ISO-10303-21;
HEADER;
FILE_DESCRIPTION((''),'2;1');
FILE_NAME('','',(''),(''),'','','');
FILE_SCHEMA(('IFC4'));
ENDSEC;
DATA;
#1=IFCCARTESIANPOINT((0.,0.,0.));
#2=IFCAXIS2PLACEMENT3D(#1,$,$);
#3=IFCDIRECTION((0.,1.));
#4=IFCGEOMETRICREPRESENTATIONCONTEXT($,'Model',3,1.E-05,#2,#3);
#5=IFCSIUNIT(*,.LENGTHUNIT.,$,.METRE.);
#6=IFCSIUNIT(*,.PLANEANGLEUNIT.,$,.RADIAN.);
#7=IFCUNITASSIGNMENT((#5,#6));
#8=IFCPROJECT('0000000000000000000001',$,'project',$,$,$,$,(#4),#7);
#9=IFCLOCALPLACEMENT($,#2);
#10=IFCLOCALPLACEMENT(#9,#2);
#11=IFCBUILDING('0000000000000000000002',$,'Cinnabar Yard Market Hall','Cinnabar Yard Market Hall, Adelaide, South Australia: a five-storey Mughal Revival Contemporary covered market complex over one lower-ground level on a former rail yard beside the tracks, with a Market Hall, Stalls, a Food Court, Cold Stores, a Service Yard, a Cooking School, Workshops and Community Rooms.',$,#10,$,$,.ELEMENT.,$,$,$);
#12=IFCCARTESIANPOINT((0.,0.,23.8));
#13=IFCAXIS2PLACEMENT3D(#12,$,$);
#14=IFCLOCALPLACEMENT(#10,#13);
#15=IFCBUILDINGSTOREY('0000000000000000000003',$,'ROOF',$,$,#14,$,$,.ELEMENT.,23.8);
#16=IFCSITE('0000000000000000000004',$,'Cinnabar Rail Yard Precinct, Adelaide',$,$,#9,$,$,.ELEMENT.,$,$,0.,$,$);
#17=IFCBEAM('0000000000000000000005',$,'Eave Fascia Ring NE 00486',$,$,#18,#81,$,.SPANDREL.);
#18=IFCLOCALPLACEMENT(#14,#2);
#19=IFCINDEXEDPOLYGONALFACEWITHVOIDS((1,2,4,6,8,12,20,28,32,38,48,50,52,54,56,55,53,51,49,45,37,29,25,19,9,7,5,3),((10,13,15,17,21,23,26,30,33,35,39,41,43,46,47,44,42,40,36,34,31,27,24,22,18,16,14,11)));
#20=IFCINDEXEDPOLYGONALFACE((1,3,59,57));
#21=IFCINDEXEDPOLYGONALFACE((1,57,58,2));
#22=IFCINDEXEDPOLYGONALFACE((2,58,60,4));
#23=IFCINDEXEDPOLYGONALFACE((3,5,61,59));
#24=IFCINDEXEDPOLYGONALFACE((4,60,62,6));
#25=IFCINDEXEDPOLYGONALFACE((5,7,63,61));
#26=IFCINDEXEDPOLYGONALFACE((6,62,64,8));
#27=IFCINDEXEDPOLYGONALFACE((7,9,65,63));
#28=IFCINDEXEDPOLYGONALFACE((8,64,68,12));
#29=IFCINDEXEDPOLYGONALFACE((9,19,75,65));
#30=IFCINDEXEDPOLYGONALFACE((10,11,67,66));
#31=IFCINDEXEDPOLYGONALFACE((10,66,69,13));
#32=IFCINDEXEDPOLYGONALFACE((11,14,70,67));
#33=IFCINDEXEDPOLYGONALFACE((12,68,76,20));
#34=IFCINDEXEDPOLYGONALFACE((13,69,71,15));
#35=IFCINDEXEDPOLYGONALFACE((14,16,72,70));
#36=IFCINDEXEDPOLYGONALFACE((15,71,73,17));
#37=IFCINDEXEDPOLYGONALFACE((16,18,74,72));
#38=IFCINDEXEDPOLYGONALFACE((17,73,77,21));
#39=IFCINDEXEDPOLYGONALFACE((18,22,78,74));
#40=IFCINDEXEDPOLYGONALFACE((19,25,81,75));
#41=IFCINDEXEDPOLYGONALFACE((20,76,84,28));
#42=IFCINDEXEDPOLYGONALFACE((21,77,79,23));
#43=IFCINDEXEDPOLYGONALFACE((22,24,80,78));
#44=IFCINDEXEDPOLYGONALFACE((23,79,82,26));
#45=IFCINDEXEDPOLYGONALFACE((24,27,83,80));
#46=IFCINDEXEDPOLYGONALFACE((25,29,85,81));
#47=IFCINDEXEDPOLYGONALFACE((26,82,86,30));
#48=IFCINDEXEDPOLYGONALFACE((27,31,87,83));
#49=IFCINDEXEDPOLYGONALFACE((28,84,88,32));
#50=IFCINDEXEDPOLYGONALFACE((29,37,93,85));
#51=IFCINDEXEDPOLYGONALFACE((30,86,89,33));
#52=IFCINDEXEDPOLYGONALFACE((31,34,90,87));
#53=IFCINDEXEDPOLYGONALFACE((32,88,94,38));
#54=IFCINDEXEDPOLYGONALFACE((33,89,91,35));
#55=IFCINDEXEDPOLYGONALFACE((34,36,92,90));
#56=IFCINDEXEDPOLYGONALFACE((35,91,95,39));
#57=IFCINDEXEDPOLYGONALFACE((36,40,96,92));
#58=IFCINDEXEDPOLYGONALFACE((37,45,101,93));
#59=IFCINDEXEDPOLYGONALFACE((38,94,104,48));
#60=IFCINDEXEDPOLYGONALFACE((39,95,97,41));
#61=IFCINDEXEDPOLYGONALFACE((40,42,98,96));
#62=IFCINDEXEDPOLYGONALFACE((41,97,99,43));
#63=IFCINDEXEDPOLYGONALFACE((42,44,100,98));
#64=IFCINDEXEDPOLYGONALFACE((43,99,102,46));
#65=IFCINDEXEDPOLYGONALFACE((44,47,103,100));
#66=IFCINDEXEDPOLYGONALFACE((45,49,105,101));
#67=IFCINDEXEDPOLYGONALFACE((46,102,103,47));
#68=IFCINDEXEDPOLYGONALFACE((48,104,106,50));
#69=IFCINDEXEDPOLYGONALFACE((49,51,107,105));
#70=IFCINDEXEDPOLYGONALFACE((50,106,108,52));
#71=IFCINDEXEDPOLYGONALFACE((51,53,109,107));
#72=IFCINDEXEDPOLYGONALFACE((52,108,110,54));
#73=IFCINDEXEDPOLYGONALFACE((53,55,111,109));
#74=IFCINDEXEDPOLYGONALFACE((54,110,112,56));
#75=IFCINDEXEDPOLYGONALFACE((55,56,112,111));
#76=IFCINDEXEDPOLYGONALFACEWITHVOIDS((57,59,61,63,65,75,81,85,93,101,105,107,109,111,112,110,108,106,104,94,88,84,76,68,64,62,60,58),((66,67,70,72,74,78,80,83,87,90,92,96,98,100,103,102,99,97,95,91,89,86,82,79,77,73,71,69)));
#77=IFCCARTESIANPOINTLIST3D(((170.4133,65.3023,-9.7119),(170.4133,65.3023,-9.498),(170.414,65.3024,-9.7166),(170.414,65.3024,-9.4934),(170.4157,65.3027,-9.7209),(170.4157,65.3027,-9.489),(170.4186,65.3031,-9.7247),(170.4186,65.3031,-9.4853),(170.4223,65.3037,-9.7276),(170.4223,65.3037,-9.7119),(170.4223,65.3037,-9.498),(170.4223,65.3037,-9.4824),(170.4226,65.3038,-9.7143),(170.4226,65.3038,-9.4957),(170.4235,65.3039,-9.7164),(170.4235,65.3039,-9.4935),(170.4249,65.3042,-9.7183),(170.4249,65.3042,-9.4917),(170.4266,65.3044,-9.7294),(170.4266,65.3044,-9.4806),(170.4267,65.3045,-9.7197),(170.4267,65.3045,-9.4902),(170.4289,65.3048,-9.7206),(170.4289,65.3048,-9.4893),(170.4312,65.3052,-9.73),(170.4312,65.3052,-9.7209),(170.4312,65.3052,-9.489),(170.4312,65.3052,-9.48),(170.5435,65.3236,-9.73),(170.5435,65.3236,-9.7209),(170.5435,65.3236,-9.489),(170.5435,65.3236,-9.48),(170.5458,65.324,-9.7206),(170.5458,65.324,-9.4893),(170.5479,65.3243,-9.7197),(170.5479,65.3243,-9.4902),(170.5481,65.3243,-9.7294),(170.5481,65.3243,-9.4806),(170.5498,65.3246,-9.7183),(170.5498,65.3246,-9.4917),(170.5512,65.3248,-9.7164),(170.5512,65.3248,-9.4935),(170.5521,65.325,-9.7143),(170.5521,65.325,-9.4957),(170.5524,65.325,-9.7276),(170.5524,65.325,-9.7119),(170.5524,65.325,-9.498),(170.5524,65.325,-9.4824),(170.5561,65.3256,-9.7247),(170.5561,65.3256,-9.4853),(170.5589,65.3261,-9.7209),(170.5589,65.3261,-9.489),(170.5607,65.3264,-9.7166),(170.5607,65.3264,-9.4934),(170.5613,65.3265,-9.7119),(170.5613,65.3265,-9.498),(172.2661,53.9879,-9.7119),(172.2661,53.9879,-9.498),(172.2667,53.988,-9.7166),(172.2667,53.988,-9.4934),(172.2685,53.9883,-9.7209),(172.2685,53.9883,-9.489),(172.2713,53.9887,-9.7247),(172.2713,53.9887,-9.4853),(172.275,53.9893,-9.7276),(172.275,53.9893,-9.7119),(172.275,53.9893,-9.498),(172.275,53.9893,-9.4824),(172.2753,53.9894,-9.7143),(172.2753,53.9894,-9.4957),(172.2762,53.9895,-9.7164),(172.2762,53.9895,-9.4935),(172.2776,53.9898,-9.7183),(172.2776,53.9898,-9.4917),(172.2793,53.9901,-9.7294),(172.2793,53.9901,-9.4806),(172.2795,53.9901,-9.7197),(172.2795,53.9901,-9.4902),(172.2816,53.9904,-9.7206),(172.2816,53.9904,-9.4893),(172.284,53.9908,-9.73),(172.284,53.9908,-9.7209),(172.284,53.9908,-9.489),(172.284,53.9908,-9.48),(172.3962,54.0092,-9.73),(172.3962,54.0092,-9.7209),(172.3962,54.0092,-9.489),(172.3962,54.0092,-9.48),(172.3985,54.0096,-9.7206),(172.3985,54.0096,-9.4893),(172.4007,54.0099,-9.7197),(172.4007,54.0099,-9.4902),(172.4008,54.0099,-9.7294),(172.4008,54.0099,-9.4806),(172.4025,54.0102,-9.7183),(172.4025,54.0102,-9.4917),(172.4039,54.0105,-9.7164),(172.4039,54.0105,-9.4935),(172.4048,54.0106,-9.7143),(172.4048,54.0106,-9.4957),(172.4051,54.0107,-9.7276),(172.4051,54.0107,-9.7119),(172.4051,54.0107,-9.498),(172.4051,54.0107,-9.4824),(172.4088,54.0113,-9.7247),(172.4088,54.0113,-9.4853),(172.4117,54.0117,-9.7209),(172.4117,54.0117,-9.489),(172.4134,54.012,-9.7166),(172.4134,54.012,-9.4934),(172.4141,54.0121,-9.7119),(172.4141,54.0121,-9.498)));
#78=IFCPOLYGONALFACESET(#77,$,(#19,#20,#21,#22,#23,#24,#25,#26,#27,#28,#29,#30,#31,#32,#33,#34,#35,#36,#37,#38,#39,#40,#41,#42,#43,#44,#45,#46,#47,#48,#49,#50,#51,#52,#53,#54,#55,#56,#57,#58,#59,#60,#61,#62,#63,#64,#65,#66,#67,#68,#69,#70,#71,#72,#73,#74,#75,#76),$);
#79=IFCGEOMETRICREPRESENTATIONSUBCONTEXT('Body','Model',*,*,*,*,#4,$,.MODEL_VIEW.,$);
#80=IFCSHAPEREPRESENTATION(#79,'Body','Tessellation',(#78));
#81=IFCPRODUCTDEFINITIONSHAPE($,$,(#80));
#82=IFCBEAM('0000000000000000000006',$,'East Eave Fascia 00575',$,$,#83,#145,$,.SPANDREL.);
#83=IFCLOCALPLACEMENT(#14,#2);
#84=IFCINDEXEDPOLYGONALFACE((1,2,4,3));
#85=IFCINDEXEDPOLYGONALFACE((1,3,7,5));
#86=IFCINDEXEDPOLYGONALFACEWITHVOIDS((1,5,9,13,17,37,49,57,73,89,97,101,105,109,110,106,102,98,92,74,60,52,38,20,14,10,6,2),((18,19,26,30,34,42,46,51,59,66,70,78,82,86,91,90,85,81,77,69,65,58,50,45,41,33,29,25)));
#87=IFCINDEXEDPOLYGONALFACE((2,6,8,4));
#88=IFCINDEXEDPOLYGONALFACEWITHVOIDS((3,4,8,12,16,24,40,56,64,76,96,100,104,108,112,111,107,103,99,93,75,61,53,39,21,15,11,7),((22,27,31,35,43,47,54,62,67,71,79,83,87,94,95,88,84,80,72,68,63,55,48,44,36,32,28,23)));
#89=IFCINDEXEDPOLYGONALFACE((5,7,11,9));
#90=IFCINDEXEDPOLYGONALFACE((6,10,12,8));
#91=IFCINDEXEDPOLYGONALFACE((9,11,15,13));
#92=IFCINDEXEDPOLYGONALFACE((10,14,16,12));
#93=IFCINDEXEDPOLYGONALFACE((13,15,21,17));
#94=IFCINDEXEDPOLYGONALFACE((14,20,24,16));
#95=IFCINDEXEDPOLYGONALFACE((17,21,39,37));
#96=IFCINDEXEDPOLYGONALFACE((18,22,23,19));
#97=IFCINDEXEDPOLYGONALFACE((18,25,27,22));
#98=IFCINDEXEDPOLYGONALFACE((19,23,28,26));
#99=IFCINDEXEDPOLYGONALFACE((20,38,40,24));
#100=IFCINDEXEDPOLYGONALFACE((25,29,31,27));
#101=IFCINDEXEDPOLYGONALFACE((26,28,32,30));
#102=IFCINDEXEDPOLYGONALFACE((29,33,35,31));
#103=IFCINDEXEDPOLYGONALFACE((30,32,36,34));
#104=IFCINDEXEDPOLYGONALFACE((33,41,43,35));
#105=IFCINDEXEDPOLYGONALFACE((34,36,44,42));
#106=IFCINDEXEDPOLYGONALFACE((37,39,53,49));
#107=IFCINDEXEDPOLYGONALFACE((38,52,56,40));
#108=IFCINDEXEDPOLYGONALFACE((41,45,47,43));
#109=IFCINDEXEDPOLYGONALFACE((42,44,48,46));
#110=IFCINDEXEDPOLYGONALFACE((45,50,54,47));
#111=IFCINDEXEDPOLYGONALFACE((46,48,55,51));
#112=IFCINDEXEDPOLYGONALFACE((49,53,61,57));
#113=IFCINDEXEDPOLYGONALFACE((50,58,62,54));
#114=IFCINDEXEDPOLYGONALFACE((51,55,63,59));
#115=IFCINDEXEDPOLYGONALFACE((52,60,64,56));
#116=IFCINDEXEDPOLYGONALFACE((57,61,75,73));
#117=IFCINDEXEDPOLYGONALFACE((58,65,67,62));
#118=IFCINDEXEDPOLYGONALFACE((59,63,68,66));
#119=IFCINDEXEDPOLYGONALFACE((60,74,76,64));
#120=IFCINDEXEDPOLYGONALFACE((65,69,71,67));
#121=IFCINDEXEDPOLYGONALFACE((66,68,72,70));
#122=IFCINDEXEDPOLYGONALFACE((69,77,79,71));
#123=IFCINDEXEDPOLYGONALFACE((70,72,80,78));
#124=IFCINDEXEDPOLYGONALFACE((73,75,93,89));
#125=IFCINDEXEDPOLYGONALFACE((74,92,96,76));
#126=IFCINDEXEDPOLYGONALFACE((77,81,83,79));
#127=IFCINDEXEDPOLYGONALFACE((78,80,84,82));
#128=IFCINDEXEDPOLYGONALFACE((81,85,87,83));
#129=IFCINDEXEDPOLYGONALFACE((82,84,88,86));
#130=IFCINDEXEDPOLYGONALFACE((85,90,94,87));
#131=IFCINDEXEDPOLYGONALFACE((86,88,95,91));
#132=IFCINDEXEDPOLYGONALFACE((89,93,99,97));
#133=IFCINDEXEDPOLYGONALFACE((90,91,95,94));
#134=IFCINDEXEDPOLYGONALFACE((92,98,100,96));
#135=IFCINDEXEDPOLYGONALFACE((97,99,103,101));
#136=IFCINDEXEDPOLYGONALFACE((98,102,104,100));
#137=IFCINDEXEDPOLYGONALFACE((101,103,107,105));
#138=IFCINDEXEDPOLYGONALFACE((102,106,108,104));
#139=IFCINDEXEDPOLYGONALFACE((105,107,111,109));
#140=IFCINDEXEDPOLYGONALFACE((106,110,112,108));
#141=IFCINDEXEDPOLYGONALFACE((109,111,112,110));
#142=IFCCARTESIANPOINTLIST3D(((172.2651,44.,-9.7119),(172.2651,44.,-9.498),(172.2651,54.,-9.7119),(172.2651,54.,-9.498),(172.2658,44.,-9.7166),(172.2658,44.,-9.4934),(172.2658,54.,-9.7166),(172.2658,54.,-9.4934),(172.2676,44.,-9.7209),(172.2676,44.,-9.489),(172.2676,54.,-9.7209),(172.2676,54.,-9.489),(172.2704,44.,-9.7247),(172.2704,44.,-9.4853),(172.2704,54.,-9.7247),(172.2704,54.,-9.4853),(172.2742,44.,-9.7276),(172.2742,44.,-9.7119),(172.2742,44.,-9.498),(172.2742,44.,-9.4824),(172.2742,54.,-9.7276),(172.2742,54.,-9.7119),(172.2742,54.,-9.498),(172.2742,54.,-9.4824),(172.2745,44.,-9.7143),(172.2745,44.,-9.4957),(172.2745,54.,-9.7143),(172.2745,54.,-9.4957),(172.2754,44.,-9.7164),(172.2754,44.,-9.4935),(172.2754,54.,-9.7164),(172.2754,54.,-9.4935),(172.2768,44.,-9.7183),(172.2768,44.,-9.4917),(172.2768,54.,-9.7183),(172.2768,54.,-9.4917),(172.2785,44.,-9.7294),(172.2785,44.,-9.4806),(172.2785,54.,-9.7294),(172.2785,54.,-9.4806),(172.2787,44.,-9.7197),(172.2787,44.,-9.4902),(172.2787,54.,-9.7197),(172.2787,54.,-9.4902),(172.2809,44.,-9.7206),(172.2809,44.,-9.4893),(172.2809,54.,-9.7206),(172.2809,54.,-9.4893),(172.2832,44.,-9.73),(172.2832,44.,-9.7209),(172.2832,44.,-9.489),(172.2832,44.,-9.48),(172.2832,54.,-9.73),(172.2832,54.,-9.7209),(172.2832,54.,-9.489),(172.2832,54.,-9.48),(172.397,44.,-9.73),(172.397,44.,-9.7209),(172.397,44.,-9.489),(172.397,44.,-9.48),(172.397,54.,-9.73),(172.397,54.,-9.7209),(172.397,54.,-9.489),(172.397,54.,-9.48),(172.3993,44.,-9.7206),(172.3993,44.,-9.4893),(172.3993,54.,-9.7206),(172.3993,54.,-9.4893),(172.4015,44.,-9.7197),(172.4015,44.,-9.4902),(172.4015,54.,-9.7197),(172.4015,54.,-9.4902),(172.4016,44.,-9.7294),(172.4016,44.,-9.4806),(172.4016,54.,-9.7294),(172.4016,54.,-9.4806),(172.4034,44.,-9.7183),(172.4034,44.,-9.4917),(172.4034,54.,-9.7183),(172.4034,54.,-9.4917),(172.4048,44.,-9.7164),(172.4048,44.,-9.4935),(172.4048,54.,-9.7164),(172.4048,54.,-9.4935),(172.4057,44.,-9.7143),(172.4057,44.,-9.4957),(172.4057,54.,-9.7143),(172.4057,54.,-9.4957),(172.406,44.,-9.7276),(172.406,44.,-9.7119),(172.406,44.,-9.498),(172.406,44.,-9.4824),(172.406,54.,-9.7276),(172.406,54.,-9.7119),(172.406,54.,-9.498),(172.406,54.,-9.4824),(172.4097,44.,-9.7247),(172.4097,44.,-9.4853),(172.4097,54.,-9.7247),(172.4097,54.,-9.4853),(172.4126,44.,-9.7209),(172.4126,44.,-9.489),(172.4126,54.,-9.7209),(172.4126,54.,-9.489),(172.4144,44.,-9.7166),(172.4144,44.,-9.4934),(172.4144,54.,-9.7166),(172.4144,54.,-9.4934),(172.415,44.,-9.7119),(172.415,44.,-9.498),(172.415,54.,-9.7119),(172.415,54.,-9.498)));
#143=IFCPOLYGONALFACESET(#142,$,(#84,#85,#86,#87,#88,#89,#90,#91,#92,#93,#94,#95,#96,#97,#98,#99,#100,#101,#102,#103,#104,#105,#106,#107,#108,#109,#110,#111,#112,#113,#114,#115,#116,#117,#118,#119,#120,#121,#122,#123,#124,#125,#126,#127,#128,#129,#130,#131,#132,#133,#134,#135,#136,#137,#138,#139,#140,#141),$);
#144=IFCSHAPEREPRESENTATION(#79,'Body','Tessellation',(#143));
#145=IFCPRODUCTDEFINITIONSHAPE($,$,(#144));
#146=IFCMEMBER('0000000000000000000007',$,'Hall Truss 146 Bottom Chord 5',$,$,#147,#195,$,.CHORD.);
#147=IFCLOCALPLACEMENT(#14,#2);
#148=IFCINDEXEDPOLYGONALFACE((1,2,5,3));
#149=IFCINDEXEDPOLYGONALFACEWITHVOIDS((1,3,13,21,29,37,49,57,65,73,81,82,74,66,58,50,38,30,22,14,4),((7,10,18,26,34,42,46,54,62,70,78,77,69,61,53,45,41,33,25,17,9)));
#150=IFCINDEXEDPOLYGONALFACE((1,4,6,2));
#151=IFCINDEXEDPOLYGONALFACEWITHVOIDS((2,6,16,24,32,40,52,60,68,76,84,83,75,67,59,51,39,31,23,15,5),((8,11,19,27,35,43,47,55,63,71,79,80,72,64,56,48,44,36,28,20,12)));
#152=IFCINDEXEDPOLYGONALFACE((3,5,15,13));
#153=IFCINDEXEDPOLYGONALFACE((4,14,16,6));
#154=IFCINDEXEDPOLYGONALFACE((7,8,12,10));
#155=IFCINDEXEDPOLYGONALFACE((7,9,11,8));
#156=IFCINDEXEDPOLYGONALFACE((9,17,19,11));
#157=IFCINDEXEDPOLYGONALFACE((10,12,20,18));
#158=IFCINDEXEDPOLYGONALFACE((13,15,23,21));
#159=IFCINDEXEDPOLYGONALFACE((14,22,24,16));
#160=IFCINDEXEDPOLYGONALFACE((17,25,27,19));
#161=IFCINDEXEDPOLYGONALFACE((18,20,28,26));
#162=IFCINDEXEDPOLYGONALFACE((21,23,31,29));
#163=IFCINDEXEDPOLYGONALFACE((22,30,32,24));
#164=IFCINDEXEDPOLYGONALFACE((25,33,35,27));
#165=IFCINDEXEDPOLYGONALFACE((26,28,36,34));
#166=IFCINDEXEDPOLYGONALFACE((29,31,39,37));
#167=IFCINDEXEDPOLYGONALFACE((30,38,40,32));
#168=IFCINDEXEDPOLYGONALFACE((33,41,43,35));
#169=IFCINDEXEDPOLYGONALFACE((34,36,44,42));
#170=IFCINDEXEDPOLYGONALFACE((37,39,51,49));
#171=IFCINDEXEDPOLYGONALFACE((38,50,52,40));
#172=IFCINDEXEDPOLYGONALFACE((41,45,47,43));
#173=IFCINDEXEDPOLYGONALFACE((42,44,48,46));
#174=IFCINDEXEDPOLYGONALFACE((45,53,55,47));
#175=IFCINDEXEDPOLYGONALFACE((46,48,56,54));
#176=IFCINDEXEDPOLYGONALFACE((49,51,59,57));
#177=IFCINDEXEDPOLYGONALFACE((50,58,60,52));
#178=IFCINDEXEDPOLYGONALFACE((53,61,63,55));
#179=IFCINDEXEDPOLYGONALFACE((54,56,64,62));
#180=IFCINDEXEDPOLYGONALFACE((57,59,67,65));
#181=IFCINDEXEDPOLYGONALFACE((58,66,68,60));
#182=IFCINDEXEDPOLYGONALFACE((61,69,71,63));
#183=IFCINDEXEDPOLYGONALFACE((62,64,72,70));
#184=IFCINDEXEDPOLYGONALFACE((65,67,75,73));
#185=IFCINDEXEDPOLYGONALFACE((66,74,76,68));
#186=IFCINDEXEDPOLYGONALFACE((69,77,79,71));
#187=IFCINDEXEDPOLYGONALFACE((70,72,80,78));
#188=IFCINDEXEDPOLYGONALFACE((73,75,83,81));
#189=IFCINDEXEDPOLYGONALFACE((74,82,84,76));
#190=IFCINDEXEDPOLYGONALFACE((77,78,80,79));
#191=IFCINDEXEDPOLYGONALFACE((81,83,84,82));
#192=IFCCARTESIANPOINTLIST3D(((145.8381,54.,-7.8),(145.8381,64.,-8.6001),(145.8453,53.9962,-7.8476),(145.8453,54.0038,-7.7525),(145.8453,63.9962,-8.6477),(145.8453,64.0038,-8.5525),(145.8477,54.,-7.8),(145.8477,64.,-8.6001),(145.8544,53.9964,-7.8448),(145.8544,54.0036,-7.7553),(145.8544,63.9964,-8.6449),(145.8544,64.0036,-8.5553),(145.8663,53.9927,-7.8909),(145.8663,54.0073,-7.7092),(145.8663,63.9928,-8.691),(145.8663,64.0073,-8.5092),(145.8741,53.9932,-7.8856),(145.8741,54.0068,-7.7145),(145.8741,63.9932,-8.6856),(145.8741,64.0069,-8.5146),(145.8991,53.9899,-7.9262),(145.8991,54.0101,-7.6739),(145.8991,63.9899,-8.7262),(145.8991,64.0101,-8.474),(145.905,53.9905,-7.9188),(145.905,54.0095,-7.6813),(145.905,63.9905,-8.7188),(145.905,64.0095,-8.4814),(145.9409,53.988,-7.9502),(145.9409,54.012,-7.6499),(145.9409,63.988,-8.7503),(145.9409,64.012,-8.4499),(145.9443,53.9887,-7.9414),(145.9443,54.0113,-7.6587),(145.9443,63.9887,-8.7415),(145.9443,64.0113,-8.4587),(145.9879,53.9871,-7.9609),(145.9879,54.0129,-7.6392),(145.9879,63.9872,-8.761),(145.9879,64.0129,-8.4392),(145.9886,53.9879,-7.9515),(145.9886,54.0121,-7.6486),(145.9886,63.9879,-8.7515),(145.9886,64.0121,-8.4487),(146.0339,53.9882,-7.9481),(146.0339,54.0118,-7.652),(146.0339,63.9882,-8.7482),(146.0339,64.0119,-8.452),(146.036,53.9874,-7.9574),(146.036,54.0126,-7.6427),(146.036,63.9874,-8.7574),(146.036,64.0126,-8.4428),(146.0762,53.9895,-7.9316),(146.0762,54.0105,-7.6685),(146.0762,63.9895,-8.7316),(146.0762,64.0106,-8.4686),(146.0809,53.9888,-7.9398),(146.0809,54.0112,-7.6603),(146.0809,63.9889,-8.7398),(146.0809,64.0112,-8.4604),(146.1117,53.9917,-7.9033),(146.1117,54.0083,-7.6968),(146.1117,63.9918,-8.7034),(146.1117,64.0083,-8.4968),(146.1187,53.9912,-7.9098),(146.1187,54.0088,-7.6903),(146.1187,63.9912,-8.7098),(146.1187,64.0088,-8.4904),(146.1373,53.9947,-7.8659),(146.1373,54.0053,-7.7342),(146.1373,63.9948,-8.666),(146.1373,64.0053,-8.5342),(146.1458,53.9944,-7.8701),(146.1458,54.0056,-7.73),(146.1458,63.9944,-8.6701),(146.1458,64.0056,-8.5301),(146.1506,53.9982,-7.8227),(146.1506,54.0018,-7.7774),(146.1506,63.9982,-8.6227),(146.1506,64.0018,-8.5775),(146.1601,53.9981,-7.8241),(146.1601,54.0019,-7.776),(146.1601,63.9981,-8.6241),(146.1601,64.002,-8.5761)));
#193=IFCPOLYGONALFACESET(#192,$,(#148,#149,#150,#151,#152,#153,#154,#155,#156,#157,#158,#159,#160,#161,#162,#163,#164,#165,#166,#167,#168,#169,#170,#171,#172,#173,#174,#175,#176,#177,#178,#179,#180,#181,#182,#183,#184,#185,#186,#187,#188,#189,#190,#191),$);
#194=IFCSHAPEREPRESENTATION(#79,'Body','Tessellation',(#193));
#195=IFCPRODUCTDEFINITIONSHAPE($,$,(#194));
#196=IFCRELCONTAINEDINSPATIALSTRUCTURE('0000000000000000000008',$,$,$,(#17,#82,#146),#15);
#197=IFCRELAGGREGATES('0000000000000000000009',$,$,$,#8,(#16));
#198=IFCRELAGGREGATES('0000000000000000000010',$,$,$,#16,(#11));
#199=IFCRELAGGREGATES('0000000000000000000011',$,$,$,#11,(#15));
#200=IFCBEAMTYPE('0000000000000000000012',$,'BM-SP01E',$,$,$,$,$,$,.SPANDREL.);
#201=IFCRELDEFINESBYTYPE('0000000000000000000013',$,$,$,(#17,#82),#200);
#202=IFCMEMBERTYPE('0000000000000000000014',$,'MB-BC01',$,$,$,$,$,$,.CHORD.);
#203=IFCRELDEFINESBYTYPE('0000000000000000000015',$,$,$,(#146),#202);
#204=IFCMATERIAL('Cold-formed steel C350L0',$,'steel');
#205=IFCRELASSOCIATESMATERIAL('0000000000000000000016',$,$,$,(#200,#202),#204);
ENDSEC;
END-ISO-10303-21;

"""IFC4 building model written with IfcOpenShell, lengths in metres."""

from ifc_helpers import new_model, si_unit, direction, frame, origin, origin_2d_with_axis, place, context, subcontext, project, spatial, hollow_rectangle, hollow_circle, extrude, material, material_profile, profile_set, type_object, element, save


model = new_model("IFC4")

# Units and contexts
model_context = context("Model", 3, precision=1e-05, world=origin(), true_north=direction((0.0, 1.0)))
body_context = subcontext(model_context, "Body", "Model", "MODEL_VIEW")
ifc_project = project(units=[si_unit("LENGTHUNIT", "METRE"), si_unit("PLANEANGLEUNIT", "RADIAN")], contexts=[model_context])

# Site, building, storey
site_placement = place(None, origin())
site = spatial("IfcSite", under=ifc_project, at=site_placement, Name="Cinnabar Rail Yard Precinct, Adelaide", CompositionType="ELEMENT", RefElevation=0.0)
building_placement = place(site_placement, origin())
building = spatial("IfcBuilding", under=site, at=building_placement, Name="Cinnabar Yard Market Hall", Description="Cinnabar Yard Market Hall, Adelaide, South Australia: a five-storey Mughal Revival Contemporary covered market complex over one lower-ground level on a former rail yard beside the tracks, with a Market Hall, Stalls, a Food Court, Cold Stores, a Service Yard, a Cooking School, Workshops and Community Rooms.", CompositionType="ELEMENT")
storey_placement = place(building_placement, frame((0.0, 0.0, 23.8)))
storey = spatial("IfcBuildingStorey", under=building, at=storey_placement, Name="ROOF", CompositionType="ELEMENT", Elevation=23.8)

# Beams
ifc_material_1 = material(Name="Cold-formed steel C350L0", Category="steel")
ifc_material_profile_1 = material_profile(ifc_material_1, hollow_rectangle(XDim=0.1499, YDim=0.25, WallThickness=0.009, InnerFilletRadius=0.009, OuterFilletRadius=0.0181, at=origin_2d_with_axis()), Name="250x150x9.0RHS")
ifc_profile_set_1 = profile_set([ifc_material_profile_1], Name="Cold-formed steel C350L0")
beam_type_1 = type_object("IfcBeamType", Name="BM-SP01E", PredefinedType="SPANDREL", material=ifc_profile_set_1)
beam_1_placement = place(storey_placement, frame((172.3401, 54.0, -9.605), z_axis=(-0.161601, 0.986856, 0.0), x_axis=(-0.986856, -0.161601, 0.0)))
element("IfcBeam", 1, at=beam_1_placement, inside=storey, type_object=beam_type_1, Name="Eave Fascia Ring NE 00486", PredefinedType="SPANDREL", context=body_context, shape_type="SweptSolid", body=[
    extrude(hollow_rectangle(XDim=0.1499, YDim=0.25, WallThickness=0.009, InnerFilletRadius=0.009, OuterFilletRadius=0.0181, at=origin_2d_with_axis()), origin(), (0.0, 0.0, 1.0), 11.4651),
])
beam_2_placement = place(storey_placement, frame((172.3401, 44.0, -9.605), z_axis=(0.0, 1.0, 0.0), x_axis=(-1.0, 0.0, 0.0)))
element("IfcBeam", 2, at=beam_2_placement, inside=storey, type_object=beam_type_1, Name="East Eave Fascia 00575", PredefinedType="SPANDREL", context=body_context, shape_type="SweptSolid", body=[
    extrude(hollow_rectangle(XDim=0.1499, YDim=0.25, WallThickness=0.009, InnerFilletRadius=0.009, OuterFilletRadius=0.0181, at=origin_2d_with_axis()), origin(), (0.0, 0.0, 1.0), 10.0),
])

# Member
ifc_material_profile_2 = material_profile(ifc_material_1, hollow_circle(Radius=0.1619, WallThickness=0.0095, at=origin_2d_with_axis()), Name="323.9x9.5CHS")
ifc_profile_set_2 = profile_set([ifc_material_profile_2], Name="Cold-formed steel C350L0")
member_type_1 = type_object("IfcMemberType", Name="MB-BC01", PredefinedType="CHORD", material=ifc_profile_set_2)
member_1_placement = place(storey_placement, frame((146.0, 54.0, -7.8), z_axis=(0.0, 0.996815, -0.07975), x_axis=(-1.0, 0.0, 0.0)))
element("IfcMember", 3, at=member_1_placement, inside=storey, type_object=member_type_1, Name="Hall Truss 146 Bottom Chord 5", PredefinedType="CHORD", context=body_context, shape_type="SweptSolid", body=[
    extrude(hollow_circle(Radius=0.1619, WallThickness=0.0095, at=origin_2d_with_axis()), origin(), (0.0, 0.0, 1.0), 10.032),
])

save(model, "model.ifc")
